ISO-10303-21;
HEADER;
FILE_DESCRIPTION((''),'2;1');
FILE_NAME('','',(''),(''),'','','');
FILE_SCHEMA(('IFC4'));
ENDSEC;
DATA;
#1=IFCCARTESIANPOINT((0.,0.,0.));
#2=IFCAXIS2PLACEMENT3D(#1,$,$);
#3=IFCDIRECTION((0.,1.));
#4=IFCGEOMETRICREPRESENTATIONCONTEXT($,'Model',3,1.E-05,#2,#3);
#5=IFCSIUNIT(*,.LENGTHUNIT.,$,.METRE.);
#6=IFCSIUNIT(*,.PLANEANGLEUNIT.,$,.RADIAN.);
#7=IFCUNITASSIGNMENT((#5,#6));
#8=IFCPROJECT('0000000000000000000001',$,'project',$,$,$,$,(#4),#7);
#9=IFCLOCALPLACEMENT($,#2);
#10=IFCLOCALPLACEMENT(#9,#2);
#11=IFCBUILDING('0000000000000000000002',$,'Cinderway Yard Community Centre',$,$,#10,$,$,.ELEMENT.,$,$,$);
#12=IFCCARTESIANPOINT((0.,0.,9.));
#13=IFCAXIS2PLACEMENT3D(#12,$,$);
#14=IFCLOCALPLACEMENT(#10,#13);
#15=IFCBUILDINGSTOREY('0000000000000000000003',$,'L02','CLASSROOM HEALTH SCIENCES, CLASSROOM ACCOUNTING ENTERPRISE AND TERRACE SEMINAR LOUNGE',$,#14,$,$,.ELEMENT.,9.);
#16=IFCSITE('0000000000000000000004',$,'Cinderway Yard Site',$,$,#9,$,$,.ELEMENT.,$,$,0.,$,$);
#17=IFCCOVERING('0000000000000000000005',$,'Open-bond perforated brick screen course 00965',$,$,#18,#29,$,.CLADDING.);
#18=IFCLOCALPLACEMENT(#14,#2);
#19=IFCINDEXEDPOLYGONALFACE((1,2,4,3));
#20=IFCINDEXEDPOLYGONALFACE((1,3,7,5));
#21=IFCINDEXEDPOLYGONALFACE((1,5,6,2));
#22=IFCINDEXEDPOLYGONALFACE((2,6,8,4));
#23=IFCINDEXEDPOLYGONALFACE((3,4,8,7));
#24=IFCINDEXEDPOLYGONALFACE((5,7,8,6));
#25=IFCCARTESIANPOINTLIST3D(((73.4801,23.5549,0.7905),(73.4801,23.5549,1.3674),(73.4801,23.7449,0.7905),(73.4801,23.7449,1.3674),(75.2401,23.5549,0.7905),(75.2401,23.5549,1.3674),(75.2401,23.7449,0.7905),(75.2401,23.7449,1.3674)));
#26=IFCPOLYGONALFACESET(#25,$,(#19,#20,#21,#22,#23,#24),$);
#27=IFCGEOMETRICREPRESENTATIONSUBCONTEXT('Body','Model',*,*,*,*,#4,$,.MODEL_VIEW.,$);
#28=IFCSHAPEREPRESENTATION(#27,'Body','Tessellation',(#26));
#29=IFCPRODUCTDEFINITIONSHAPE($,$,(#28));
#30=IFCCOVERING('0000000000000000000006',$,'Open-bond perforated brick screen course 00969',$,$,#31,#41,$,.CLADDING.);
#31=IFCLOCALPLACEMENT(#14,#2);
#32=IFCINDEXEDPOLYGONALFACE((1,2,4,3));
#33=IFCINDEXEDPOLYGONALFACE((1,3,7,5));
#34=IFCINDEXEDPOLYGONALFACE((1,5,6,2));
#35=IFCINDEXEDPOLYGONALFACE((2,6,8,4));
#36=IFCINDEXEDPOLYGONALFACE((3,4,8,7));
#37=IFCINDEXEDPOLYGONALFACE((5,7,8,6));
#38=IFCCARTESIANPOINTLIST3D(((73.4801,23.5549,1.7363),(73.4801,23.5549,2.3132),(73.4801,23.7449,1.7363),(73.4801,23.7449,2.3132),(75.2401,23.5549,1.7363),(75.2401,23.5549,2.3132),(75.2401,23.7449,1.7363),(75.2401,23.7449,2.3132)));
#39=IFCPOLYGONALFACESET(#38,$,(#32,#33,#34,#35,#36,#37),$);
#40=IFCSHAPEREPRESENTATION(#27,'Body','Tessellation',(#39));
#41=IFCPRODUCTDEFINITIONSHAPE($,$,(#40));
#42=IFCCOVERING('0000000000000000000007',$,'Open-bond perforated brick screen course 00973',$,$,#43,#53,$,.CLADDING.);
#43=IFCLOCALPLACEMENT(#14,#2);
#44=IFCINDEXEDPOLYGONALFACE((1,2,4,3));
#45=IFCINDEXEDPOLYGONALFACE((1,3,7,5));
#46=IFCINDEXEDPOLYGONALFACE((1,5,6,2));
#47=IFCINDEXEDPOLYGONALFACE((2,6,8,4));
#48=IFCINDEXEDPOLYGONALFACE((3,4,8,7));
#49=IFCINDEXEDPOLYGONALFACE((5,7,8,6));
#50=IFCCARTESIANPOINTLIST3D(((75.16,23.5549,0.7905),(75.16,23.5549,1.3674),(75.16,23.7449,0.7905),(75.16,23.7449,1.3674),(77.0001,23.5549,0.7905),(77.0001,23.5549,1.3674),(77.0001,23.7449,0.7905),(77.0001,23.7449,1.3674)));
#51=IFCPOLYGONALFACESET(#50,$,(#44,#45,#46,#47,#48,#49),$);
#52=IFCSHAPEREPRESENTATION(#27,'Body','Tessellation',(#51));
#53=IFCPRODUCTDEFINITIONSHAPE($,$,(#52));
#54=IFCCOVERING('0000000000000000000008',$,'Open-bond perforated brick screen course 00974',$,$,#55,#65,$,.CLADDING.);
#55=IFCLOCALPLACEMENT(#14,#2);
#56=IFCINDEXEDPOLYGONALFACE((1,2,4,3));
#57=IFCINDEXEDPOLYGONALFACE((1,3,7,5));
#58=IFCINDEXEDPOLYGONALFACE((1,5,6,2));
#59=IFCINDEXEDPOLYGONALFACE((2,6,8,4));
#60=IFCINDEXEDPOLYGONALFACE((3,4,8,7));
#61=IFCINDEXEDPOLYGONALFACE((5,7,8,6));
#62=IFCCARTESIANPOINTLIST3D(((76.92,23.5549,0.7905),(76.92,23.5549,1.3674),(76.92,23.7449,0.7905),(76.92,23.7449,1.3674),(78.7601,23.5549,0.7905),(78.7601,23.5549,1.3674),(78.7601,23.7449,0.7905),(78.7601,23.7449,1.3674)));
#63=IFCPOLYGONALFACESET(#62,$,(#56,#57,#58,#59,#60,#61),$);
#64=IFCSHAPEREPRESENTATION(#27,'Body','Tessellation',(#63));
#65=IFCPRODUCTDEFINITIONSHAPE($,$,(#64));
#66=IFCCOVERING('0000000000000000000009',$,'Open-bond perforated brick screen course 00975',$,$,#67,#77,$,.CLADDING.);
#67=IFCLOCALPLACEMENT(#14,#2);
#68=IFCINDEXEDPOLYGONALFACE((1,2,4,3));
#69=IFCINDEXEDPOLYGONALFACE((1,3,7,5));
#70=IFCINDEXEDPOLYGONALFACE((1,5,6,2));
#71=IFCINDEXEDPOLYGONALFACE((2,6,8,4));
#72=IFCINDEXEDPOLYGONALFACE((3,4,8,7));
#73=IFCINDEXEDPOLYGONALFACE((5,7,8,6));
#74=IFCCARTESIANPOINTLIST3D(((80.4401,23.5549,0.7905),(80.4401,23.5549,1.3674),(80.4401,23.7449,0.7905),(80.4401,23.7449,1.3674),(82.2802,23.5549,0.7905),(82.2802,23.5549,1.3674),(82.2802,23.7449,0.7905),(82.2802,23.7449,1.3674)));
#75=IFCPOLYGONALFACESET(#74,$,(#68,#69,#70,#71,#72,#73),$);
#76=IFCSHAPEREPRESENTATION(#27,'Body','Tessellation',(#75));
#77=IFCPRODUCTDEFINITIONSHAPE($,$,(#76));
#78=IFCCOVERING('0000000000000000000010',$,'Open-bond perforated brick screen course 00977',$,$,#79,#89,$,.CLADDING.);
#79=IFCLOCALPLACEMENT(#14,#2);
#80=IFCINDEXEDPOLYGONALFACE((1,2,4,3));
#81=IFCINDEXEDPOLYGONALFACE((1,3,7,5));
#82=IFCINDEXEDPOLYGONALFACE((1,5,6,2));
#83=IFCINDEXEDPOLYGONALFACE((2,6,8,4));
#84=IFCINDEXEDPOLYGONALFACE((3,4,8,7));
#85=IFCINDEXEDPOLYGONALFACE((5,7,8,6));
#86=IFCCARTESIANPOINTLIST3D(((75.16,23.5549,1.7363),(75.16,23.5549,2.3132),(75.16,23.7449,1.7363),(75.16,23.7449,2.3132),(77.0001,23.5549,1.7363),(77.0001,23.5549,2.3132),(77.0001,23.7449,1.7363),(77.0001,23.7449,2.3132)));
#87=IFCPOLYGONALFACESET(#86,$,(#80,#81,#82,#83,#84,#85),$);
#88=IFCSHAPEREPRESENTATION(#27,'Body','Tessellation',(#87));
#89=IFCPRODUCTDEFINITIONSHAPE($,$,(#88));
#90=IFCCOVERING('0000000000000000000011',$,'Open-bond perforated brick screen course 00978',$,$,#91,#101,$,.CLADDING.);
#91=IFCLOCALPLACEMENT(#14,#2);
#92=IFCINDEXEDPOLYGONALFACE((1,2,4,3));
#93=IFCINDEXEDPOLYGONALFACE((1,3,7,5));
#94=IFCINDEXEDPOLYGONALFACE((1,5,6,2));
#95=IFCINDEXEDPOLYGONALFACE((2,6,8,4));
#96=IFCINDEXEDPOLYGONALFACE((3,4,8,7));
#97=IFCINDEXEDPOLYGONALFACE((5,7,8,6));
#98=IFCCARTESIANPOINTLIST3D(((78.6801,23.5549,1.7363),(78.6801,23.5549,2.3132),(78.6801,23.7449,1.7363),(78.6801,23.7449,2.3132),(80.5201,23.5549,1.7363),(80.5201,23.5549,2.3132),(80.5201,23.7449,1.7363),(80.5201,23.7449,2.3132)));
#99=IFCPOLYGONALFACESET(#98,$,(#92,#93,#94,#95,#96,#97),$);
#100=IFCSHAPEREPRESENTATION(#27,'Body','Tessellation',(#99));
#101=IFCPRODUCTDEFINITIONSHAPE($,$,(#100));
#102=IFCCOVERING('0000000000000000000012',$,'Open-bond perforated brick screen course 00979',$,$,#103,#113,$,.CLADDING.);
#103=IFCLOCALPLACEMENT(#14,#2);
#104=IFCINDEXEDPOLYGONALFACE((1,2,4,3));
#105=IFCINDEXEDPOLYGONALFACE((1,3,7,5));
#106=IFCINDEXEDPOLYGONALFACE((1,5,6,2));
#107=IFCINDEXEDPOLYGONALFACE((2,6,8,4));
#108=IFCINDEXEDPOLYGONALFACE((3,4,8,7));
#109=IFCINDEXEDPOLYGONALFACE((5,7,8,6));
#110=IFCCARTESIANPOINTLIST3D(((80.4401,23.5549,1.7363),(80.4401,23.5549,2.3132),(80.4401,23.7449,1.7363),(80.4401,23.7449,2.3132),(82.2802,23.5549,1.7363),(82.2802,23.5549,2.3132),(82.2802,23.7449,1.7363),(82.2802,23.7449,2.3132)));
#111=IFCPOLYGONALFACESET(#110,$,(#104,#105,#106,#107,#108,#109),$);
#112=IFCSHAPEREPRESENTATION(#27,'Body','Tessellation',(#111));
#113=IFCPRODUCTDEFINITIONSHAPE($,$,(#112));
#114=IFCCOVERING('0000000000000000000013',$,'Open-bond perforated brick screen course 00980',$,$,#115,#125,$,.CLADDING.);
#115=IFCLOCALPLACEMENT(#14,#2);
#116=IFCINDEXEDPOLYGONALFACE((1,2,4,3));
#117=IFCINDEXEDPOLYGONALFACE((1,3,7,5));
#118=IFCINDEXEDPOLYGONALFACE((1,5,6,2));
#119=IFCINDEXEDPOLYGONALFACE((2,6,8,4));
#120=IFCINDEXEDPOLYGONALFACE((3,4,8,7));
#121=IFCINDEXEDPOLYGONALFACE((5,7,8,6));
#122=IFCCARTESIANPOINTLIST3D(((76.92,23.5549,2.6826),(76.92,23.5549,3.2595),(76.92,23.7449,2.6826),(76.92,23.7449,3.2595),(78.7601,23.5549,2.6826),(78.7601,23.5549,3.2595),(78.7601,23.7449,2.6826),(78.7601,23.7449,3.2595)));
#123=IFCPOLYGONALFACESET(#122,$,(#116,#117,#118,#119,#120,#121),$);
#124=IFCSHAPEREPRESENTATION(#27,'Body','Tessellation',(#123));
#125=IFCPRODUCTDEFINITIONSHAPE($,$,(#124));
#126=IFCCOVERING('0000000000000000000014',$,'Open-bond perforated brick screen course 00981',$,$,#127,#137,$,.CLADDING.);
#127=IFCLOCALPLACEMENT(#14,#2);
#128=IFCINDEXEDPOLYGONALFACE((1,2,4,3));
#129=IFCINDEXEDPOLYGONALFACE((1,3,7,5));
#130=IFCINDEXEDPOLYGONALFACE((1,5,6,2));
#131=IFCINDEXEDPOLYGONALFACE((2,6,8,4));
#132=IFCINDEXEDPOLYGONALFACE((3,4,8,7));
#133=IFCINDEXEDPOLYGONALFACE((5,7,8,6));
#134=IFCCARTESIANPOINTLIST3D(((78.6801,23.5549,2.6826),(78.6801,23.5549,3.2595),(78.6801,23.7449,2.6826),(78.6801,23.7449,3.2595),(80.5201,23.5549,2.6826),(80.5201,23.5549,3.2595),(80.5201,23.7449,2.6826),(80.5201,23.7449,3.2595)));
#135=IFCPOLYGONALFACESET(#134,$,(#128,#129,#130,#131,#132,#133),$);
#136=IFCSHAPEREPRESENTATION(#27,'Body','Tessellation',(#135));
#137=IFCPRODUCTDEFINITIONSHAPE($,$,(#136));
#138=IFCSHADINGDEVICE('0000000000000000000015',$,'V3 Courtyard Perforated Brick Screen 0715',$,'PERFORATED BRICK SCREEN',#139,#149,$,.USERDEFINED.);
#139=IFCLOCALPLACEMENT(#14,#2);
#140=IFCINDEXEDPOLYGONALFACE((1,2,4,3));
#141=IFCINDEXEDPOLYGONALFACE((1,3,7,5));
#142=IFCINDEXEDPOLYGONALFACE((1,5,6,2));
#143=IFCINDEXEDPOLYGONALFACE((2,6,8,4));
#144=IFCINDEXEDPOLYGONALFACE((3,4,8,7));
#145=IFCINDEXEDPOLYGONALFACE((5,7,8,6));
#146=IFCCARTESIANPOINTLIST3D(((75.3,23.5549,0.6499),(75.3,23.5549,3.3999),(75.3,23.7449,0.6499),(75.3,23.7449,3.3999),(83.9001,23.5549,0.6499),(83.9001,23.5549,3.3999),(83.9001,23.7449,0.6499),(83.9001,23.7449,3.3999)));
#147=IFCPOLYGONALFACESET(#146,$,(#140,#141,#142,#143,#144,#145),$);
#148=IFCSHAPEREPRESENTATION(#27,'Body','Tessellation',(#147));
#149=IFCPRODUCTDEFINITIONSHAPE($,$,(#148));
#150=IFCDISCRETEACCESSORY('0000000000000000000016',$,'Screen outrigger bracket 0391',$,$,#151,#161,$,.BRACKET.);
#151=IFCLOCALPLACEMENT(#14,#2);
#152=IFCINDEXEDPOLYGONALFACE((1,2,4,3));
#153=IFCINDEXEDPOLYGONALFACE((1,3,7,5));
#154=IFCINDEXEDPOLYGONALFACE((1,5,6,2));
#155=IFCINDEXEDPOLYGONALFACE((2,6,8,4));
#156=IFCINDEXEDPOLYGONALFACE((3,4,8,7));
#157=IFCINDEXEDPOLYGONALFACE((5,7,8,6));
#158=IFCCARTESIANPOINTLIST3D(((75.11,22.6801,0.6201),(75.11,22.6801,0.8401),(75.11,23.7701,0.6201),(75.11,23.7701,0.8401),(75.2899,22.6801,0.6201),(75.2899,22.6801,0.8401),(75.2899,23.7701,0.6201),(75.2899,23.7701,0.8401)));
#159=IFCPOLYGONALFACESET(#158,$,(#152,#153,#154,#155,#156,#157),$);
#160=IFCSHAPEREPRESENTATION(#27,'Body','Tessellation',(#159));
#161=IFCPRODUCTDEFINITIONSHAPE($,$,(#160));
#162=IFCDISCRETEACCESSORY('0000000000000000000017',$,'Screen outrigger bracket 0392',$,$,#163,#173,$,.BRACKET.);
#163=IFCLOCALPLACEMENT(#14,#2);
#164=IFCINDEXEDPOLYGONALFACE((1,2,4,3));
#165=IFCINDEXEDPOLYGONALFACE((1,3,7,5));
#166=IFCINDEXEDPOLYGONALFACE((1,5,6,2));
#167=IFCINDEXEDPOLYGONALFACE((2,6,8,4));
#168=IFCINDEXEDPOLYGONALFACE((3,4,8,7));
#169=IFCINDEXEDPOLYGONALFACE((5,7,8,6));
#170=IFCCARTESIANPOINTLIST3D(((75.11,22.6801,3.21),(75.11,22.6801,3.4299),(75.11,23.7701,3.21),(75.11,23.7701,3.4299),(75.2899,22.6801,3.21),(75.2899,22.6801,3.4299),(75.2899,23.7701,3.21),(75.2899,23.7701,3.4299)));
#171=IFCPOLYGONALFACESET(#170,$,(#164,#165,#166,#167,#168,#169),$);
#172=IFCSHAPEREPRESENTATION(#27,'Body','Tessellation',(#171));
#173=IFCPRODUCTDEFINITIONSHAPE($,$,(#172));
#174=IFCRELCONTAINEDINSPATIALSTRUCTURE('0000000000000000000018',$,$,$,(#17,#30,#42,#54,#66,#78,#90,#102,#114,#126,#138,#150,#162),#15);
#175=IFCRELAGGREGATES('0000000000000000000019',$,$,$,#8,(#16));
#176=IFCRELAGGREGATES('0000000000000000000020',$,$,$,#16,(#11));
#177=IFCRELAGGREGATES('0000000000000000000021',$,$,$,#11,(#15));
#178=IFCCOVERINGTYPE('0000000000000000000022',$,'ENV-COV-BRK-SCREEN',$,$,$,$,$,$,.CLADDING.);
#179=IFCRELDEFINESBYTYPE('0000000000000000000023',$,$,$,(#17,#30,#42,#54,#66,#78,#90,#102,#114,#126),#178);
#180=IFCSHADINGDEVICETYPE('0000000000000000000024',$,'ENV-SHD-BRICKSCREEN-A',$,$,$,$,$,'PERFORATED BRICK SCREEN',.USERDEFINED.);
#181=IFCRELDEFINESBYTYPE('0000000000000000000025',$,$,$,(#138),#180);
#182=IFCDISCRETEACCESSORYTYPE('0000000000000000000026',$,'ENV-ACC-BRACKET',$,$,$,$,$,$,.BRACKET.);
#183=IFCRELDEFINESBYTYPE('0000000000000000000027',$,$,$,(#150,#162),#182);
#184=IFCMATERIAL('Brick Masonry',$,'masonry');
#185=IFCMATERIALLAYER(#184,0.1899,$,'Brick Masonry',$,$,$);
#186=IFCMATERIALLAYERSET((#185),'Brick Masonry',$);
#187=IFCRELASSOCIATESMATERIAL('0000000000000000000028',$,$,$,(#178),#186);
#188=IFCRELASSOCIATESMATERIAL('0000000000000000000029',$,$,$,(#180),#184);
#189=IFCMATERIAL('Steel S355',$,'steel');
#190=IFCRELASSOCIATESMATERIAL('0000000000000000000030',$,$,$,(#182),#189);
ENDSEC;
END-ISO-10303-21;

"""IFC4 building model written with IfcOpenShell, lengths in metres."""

from ifc_helpers import new_model, si_unit, direction, frame, origin, origin_2d, place, context, subcontext, project, spatial, rectangle, extrude, material, layer, layer_set, type_object, element, save


model = new_model("IFC4")

# Units and contexts
model_context = context("Model", 3, precision=1e-05, world=origin(), true_north=direction((0.0, 1.0)))
body_context = subcontext(model_context, "Body", "Model", "MODEL_VIEW")
ifc_project = project(units=[si_unit("LENGTHUNIT", "METRE"), si_unit("PLANEANGLEUNIT", "RADIAN")], contexts=[model_context])

# Site, building, storey
site_placement = place(None, origin())
site = spatial("IfcSite", under=ifc_project, at=site_placement, Name="Cinderway Yard Site", CompositionType="ELEMENT", RefElevation=0.0)
building_placement = place(site_placement, origin())
building = spatial("IfcBuilding", under=site, at=building_placement, Name="Cinderway Yard Community Centre", CompositionType="ELEMENT")
storey_placement = place(building_placement, frame((0.0, 0.0, 9.0)))
storey = spatial("IfcBuildingStorey", under=building, at=storey_placement, Name="L02", Description="CLASSROOM HEALTH SCIENCES, CLASSROOM ACCOUNTING ENTERPRISE AND TERRACE SEMINAR LOUNGE", CompositionType="ELEMENT", Elevation=9.0)

# Shared definitions
ifc_material_1 = material(Name="Steel S355", Category="steel")

# Coverings
ifc_material_2 = material(Name="Brick Masonry", Category="masonry")
ifc_layer_1 = layer(ifc_material_2, 0.1899, Name="Brick Masonry")
ifc_layer_set_1 = layer_set([ifc_layer_1], Name="Brick Masonry")
covering_type = type_object("IfcCoveringType", Name="ENV-COV-BRK-SCREEN", PredefinedType="CLADDING", material=ifc_layer_set_1)
for number, where, z_axis, x_axis, name in (
    (1, (74.3601, 23.6499, 0.7905), (0.0, 0.0, 1.0), (1.0, 0.0, 0.0), "Open-bond perforated brick screen course 00965"),
    (2, (74.3601, 23.6499, 1.7363), (0.0, 0.0, 1.0), (1.0, 0.0, 0.0), "Open-bond perforated brick screen course 00969"),
):
    element("IfcCovering", number, at=place(storey_placement, frame(where, z_axis=z_axis, x_axis=x_axis)), inside=storey, type_object=covering_type, Name=name, PredefinedType="CLADDING", context=body_context, shape_type="SweptSolid", body=[
        extrude(rectangle(XDim=1.76, YDim=0.1899, at=origin_2d()), origin(), (0.0, 0.0, 1.0), 0.5769),
    ])
for number, where, z_axis, x_axis, name in (
    (3, (76.0801, 23.6499, 0.7905), (0.0, 0.0, 1.0), (1.0, 0.0, 0.0), "Open-bond perforated brick screen course 00973"),
    (4, (77.8401, 23.6499, 0.7905), (0.0, 0.0, 1.0), (1.0, 0.0, 0.0), "Open-bond perforated brick screen course 00974"),
    (5, (81.3601, 23.6499, 0.7905), (0.0, 0.0, 1.0), (1.0, 0.0, 0.0), "Open-bond perforated brick screen course 00975"),
    (6, (76.0801, 23.6499, 1.7363), (0.0, 0.0, 1.0), (1.0, 0.0, 0.0), "Open-bond perforated brick screen course 00977"),
    (7, (79.6001, 23.6499, 1.7363), (0.0, 0.0, 1.0), (1.0, 0.0, 0.0), "Open-bond perforated brick screen course 00978"),
    (8, (81.3601, 23.6499, 1.7363), (0.0, 0.0, 1.0), (1.0, 0.0, 0.0), "Open-bond perforated brick screen course 00979"),
    (9, (77.8401, 23.6499, 2.6826), (0.0, 0.0, 1.0), (1.0, 0.0, 0.0), "Open-bond perforated brick screen course 00980"),
    (10, (79.6001, 23.6499, 2.6826), (0.0, 0.0, 1.0), (1.0, 0.0, 0.0), "Open-bond perforated brick screen course 00981"),
):
    element("IfcCovering", number, at=place(storey_placement, frame(where, z_axis=z_axis, x_axis=x_axis)), inside=storey, type_object=covering_type, Name=name, PredefinedType="CLADDING", context=body_context, shape_type="SweptSolid", body=[
        extrude(rectangle(XDim=1.8401, YDim=0.1899, at=origin_2d()), origin(), (0.0, 0.0, 1.0), 0.5769),
    ])

# Shading device
shading_device_type = type_object("IfcShadingDeviceType", Name="ENV-SHD-BRICKSCREEN-A", ElementType="PERFORATED BRICK SCREEN", PredefinedType="USERDEFINED", material=ifc_material_2)
shading_device_placement = place(storey_placement, frame((79.6001, 23.6499, 0.6499), z_axis=(0.0, 0.0, 1.0), x_axis=(1.0, 0.0, 0.0)))
element("IfcShadingDevice", 11, at=shading_device_placement, inside=storey, type_object=shading_device_type, Name="V3 Courtyard Perforated Brick Screen 0715", ObjectType="PERFORATED BRICK SCREEN", PredefinedType="USERDEFINED", context=body_context, shape_type="SweptSolid", body=[
    extrude(rectangle(XDim=8.6001, YDim=0.1899, at=origin_2d()), origin(), (0.0, 0.0, 1.0), 2.75),
])

# Discrete accessories
discrete_accessory_type = type_object("IfcDiscreteAccessoryType", Name="ENV-ACC-BRACKET", PredefinedType="BRACKET", material=ifc_material_1)
for number, where, z_axis, x_axis, name in (
    (12, (75.2, 23.2251, 0.6201), (0.0, 0.0, 1.0), (0.0, 1.0, 0.0), "Screen outrigger bracket 0391"),
    (13, (75.2, 23.2251, 3.21), (0.0, 0.0, 1.0), (0.0, 1.0, 0.0), "Screen outrigger bracket 0392"),
):
    element("IfcDiscreteAccessory", number, at=place(storey_placement, frame(where, z_axis=z_axis, x_axis=x_axis)), inside=storey, type_object=discrete_accessory_type, Name=name, PredefinedType="BRACKET", context=body_context, shape_type="SweptSolid", body=[
        extrude(rectangle(XDim=1.0901, YDim=0.1799, at=origin_2d()), origin(), (0.0, 0.0, 1.0), 0.22),
    ])

save(model, "model.ifc")
